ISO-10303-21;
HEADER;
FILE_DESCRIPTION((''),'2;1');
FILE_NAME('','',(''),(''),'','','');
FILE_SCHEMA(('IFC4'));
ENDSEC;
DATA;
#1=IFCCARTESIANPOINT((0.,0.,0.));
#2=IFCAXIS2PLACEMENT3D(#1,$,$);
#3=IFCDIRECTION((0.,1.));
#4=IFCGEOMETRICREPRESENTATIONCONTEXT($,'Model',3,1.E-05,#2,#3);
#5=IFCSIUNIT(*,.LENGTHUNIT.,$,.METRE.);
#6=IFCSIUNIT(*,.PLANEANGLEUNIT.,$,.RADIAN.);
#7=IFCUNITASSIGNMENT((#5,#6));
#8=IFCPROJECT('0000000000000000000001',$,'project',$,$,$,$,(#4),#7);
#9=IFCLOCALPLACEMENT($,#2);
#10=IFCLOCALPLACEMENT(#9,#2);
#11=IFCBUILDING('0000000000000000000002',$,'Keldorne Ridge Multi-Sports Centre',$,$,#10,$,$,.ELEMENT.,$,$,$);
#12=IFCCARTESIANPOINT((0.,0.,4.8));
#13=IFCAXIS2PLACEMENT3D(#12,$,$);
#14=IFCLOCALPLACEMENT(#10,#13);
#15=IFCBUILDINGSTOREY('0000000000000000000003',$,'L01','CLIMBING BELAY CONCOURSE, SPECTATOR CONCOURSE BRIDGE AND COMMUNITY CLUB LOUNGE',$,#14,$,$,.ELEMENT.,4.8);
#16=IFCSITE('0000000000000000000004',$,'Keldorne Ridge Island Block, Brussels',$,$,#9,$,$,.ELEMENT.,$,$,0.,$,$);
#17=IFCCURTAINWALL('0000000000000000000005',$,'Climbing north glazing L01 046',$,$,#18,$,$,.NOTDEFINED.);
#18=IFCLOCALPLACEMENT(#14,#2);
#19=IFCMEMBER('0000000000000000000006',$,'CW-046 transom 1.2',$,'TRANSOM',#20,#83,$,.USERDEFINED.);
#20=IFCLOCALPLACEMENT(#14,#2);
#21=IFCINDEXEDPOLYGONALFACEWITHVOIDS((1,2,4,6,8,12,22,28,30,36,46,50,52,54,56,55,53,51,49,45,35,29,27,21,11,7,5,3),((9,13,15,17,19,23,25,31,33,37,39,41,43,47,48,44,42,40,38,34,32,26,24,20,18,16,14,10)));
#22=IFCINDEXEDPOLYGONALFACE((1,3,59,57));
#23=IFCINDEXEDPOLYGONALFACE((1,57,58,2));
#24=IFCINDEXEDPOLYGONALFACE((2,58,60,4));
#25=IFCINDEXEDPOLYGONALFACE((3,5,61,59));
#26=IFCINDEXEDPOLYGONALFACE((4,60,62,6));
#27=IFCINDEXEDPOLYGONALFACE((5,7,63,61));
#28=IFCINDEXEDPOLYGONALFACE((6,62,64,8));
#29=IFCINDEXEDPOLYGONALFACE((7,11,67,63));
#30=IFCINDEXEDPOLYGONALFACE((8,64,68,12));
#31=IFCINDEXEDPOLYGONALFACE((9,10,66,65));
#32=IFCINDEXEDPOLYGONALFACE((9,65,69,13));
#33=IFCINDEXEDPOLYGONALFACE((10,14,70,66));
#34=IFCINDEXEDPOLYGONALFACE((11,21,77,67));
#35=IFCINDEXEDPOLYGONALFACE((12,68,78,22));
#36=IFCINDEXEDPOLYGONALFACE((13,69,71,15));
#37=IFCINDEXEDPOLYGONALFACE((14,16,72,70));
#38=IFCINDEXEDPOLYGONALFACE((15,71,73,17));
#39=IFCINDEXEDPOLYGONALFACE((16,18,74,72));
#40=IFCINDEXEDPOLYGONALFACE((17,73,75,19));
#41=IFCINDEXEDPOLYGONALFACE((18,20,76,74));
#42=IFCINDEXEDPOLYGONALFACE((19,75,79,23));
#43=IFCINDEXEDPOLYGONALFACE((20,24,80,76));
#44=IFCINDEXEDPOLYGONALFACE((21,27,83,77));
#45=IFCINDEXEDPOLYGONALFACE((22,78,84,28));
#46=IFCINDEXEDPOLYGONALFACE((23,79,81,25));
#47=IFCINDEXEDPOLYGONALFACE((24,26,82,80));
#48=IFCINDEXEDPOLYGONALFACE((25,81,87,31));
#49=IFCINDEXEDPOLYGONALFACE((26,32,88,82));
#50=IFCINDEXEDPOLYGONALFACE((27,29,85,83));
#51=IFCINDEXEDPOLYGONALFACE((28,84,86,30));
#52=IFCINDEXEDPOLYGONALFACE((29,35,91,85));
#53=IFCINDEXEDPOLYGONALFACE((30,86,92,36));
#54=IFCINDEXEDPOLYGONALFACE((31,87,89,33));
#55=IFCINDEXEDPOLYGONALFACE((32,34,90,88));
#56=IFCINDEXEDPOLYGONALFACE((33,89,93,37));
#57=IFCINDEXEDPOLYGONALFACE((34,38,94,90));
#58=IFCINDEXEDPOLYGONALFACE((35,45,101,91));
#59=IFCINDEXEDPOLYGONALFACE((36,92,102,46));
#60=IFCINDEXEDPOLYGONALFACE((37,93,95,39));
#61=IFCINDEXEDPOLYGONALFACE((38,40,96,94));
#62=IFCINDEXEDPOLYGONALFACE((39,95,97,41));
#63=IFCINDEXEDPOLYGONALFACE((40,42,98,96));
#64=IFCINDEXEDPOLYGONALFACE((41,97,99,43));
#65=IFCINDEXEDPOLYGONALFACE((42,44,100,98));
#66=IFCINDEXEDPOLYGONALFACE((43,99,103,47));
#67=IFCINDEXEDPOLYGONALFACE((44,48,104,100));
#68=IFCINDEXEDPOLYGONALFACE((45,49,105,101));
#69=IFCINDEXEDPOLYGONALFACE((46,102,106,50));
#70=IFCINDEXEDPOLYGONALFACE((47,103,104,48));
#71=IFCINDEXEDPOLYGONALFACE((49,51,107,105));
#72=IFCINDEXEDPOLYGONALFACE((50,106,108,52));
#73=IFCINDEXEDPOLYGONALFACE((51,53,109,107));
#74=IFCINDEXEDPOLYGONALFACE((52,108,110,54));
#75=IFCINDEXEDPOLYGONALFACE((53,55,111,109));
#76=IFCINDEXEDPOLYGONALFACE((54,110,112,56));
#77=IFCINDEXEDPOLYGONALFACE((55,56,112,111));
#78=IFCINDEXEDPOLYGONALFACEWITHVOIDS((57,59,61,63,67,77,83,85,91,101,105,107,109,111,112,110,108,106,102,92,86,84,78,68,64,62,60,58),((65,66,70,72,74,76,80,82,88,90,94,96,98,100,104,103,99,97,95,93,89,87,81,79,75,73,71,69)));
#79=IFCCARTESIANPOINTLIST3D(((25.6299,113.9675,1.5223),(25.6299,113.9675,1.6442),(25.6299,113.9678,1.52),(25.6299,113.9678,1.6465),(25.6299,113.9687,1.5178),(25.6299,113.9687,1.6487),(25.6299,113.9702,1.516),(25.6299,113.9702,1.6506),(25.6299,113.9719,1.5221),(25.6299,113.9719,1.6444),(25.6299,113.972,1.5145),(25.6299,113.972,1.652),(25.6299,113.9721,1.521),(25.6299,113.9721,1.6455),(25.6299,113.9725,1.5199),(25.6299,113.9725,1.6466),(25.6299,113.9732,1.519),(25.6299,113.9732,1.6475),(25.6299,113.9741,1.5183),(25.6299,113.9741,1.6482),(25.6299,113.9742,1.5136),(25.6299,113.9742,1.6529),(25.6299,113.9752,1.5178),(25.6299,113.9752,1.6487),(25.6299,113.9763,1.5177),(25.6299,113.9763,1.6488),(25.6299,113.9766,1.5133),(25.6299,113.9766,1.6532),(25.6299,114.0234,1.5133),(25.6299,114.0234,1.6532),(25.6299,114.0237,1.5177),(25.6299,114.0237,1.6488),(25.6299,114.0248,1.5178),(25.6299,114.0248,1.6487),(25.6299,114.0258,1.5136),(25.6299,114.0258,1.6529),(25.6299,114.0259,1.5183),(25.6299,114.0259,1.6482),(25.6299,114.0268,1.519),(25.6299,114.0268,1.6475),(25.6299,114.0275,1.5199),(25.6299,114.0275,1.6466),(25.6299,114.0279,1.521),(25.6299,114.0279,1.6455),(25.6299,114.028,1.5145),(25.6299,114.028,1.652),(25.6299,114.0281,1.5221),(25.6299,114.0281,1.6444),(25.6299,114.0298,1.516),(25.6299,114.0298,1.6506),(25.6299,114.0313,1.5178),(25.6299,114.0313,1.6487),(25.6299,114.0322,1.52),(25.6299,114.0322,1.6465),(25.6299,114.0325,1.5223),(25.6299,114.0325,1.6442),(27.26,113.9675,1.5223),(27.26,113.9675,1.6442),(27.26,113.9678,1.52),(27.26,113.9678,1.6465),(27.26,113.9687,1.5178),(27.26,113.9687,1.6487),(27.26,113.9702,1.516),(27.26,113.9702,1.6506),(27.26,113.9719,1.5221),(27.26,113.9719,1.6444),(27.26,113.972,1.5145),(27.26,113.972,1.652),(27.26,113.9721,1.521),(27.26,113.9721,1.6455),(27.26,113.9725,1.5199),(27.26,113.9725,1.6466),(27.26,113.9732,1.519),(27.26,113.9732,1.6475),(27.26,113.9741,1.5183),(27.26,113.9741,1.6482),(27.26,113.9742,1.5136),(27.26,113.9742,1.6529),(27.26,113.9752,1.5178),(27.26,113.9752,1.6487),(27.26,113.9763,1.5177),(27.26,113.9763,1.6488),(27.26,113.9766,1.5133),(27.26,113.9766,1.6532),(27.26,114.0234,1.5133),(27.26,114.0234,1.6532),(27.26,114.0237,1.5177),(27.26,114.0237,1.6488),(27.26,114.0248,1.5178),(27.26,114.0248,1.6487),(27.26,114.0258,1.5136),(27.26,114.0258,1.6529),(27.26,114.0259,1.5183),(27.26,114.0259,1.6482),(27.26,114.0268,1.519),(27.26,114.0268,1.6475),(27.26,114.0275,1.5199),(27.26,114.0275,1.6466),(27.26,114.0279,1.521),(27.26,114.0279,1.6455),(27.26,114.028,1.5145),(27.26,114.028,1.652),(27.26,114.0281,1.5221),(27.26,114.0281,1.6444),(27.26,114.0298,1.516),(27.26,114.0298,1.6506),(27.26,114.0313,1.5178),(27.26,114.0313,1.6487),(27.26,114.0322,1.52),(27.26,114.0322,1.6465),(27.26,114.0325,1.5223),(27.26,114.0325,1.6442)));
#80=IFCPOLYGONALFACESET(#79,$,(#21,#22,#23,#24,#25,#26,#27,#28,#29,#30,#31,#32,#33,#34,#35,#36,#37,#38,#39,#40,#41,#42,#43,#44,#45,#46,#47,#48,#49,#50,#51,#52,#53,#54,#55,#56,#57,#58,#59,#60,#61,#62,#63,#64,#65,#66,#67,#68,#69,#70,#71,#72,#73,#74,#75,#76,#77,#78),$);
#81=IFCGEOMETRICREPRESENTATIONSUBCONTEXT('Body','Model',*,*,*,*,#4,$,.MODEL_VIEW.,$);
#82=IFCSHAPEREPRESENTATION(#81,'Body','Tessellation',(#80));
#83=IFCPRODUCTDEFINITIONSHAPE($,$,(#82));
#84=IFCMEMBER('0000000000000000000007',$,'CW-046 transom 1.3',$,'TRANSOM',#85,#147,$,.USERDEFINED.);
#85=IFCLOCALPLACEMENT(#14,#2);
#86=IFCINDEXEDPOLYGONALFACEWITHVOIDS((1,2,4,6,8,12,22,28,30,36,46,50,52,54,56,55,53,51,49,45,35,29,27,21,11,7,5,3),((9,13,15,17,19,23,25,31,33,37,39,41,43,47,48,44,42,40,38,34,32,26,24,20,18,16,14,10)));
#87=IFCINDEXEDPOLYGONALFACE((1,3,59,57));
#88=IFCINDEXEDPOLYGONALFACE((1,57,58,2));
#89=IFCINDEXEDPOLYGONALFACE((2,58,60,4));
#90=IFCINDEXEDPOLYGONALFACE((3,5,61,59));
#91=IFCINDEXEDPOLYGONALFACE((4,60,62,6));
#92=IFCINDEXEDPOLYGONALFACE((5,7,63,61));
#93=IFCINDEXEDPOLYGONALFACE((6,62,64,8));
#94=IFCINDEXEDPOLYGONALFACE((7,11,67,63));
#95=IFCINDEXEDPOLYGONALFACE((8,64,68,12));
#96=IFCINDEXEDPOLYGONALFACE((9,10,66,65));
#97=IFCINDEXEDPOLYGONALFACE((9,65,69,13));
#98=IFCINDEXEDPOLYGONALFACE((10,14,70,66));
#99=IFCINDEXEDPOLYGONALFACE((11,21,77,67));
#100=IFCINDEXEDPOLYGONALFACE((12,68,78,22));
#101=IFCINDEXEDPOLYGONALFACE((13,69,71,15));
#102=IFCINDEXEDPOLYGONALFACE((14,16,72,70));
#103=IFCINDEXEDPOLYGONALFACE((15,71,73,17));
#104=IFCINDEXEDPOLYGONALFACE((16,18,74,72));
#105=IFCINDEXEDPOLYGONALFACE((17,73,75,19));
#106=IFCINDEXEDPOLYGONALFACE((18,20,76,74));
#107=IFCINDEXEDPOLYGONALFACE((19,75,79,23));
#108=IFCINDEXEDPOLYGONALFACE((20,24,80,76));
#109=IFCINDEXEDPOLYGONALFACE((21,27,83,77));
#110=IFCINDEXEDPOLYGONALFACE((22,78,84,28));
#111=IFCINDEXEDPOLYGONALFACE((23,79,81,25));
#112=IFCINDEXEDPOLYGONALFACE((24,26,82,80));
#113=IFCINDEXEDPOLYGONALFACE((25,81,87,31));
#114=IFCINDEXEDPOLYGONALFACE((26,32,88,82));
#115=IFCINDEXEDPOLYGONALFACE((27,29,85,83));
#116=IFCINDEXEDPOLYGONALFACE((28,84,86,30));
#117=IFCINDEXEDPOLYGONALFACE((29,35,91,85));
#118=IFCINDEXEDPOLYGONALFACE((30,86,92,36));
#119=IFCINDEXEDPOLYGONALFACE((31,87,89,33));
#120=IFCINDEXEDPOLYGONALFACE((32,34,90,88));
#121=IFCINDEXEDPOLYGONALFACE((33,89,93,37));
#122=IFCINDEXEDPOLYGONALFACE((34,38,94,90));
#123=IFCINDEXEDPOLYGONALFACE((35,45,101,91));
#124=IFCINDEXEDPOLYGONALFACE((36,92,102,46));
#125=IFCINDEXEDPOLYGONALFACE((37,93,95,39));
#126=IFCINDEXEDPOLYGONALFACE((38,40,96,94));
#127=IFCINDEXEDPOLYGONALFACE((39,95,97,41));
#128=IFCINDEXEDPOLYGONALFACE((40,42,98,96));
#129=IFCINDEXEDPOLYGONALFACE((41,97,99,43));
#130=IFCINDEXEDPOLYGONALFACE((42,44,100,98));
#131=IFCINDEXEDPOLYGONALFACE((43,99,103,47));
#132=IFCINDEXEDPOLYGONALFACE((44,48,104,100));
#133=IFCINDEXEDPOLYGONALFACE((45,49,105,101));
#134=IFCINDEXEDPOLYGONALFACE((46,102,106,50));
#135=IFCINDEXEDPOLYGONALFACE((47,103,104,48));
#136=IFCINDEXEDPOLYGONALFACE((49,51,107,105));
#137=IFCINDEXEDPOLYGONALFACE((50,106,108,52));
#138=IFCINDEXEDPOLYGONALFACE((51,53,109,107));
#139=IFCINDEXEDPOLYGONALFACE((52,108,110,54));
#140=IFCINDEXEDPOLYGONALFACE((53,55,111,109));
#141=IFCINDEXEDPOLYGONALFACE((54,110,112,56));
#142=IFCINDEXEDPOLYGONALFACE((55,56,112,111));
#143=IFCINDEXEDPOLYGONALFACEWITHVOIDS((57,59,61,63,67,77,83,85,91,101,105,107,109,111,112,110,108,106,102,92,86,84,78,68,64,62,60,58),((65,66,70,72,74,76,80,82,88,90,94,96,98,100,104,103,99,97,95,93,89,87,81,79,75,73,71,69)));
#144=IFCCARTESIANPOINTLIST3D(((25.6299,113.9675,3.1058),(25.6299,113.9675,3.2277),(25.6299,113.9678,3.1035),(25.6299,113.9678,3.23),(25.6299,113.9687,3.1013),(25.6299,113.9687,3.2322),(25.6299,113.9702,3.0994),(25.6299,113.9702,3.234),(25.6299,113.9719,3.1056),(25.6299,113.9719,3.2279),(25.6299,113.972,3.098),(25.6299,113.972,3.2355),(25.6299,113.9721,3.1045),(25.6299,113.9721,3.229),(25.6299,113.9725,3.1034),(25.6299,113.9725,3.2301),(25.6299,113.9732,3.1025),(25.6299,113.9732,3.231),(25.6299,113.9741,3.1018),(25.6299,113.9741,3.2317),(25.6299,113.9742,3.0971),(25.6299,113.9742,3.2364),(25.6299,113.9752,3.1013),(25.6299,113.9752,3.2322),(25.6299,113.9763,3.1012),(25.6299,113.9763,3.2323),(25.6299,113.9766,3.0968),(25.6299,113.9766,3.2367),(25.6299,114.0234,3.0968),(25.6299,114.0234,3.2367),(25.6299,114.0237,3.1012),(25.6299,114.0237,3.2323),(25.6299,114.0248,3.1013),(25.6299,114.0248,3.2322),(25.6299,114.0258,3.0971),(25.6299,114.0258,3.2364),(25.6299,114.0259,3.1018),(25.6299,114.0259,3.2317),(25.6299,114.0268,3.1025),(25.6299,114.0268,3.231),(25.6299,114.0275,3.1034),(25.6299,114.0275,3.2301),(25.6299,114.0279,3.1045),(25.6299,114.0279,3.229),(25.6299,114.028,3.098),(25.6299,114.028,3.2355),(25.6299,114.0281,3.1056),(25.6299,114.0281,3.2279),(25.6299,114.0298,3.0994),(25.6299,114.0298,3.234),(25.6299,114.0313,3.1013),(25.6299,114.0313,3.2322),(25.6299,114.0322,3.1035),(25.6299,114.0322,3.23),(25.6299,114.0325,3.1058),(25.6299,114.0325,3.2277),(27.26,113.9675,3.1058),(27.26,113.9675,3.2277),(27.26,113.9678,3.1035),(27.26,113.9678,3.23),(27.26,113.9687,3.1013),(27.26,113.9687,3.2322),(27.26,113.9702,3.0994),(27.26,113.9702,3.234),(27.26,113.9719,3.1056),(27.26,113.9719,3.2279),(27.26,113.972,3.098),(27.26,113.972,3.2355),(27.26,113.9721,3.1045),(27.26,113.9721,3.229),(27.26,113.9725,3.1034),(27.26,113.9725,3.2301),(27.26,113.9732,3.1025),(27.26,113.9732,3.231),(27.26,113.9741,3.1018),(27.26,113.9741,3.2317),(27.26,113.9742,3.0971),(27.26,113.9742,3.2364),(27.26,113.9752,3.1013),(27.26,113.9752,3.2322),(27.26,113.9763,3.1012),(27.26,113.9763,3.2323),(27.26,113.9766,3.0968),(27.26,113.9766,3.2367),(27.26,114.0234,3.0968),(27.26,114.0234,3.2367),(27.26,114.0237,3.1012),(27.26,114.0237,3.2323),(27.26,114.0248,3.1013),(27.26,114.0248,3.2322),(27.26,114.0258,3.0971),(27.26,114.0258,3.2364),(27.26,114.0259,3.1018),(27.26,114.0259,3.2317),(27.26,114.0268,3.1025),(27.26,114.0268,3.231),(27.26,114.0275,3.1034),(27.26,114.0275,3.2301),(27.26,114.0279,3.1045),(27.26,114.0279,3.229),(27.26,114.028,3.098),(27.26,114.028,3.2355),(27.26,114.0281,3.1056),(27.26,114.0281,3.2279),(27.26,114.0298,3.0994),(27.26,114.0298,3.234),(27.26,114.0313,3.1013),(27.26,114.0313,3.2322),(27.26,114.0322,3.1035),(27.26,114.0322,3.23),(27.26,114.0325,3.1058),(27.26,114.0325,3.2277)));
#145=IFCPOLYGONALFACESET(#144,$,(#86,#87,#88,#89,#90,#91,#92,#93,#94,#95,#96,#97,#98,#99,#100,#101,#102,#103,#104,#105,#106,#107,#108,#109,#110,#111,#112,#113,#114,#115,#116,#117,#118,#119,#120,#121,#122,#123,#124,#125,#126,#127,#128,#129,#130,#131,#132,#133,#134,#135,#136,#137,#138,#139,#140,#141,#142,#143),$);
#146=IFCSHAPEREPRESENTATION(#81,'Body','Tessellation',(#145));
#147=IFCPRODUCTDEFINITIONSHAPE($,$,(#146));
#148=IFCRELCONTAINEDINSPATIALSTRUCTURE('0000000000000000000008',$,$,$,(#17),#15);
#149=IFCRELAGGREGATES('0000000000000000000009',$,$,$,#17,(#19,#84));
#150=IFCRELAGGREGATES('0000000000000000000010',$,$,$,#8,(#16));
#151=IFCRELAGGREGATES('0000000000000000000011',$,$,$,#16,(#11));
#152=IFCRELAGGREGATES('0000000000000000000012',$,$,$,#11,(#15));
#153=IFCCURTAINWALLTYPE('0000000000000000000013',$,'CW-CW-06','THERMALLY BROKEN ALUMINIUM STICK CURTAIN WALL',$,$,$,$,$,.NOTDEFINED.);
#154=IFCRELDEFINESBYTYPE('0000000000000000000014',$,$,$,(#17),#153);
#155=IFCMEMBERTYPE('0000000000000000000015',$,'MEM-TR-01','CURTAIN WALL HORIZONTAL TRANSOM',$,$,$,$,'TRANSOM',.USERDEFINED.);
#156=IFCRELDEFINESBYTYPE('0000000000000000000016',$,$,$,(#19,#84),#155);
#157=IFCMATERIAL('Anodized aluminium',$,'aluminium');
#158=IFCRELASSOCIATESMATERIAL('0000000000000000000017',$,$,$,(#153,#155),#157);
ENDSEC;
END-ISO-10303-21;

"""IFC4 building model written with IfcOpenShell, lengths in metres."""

from ifc_helpers import new_model, si_unit, direction, frame, origin, origin_2d, place, context, subcontext, project, spatial, hollow_rectangle, extrude, material, material_profile, profile_set, type_object, element, aggregate, save


model = new_model("IFC4")

# Units and contexts
model_context = context("Model", 3, precision=1e-05, world=origin(), true_north=direction((0.0, 1.0)))
body_context = subcontext(model_context, "Body", "Model", "MODEL_VIEW")
ifc_project = project(units=[si_unit("LENGTHUNIT", "METRE"), si_unit("PLANEANGLEUNIT", "RADIAN")], contexts=[model_context])

# Site, building, storey
site_placement = place(None, origin())
site = spatial("IfcSite", under=ifc_project, at=site_placement, Name="Keldorne Ridge Island Block, Brussels", CompositionType="ELEMENT", RefElevation=0.0)
building_placement = place(site_placement, origin())
building = spatial("IfcBuilding", under=site, at=building_placement, Name="Keldorne Ridge Multi-Sports Centre", CompositionType="ELEMENT")
storey_placement = place(building_placement, frame((0.0, 0.0, 4.8)))
storey = spatial("IfcBuildingStorey", under=building, at=storey_placement, Name="L01", Description="CLIMBING BELAY CONCOURSE, SPECTATOR CONCOURSE BRIDGE AND COMMUNITY CLUB LOUNGE", CompositionType="ELEMENT", Elevation=4.8)

# Curtain wall
ifc_material_1 = material(Name="Anodized aluminium", Category="aluminium")
curtain_wall_type_1 = type_object("IfcCurtainWallType", Name="CW-CW-06", Description="THERMALLY BROKEN ALUMINIUM STICK CURTAIN WALL", PredefinedType="NOTDEFINED", material=ifc_material_1)
curtain_wall_1_placement = place(storey_placement, origin())
curtain_wall_1 = element("IfcCurtainWall", 1, at=curtain_wall_1_placement, inside=storey, type_object=curtain_wall_type_1, Name="Climbing north glazing L01 046", PredefinedType="NOTDEFINED")

# Members
ifc_material_profile_1 = material_profile(ifc_material_1, hollow_rectangle(XDim=0.0649, YDim=0.1399, WallThickness=0.0044, InnerFilletRadius=0.0044, OuterFilletRadius=0.009, at=origin_2d()), Name="ALU TRANSOM 140x65x4.5")
ifc_profile_set_1 = profile_set([ifc_material_profile_1], Name="Anodized aluminium")
member_type_1 = type_object("IfcMemberType", Name="MEM-TR-01", Description="CURTAIN WALL HORIZONTAL TRANSOM", ElementType="TRANSOM", PredefinedType="USERDEFINED", material=ifc_profile_set_1)
member_1_placement = place(storey_placement, frame((27.26, 114.0, 1.5833), z_axis=(-1.0, 0.0, 0.0), x_axis=(0.0, -1.0, 0.0)))
member_1 = element("IfcMember", 2, at=member_1_placement, type_object=member_type_1, Name="CW-046 transom 1.2", ObjectType="TRANSOM", PredefinedType="USERDEFINED", context=body_context, shape_type="SweptSolid", body=[
    extrude(hollow_rectangle(XDim=0.0649, YDim=0.1399, WallThickness=0.0044, InnerFilletRadius=0.0044, OuterFilletRadius=0.009, at=origin_2d()), origin(), (0.0, 0.0, 1.0), 1.6301),
])
member_2_placement = place(storey_placement, frame((27.26, 114.0, 3.1667), z_axis=(-1.0, 0.0, 0.0), x_axis=(0.0, -1.0, 0.0)))
member_2 = element("IfcMember", 3, at=member_2_placement, type_object=member_type_1, Name="CW-046 transom 1.3", ObjectType="TRANSOM", PredefinedType="USERDEFINED", context=body_context, shape_type="SweptSolid", body=[
    extrude(hollow_rectangle(XDim=0.0649, YDim=0.1399, WallThickness=0.0044, InnerFilletRadius=0.0044, OuterFilletRadius=0.009, at=origin_2d()), origin(), (0.0, 0.0, 1.0), 1.6301),
])

aggregate(curtain_wall_1, [member_1, member_2])

save(model, "model.ifc")
